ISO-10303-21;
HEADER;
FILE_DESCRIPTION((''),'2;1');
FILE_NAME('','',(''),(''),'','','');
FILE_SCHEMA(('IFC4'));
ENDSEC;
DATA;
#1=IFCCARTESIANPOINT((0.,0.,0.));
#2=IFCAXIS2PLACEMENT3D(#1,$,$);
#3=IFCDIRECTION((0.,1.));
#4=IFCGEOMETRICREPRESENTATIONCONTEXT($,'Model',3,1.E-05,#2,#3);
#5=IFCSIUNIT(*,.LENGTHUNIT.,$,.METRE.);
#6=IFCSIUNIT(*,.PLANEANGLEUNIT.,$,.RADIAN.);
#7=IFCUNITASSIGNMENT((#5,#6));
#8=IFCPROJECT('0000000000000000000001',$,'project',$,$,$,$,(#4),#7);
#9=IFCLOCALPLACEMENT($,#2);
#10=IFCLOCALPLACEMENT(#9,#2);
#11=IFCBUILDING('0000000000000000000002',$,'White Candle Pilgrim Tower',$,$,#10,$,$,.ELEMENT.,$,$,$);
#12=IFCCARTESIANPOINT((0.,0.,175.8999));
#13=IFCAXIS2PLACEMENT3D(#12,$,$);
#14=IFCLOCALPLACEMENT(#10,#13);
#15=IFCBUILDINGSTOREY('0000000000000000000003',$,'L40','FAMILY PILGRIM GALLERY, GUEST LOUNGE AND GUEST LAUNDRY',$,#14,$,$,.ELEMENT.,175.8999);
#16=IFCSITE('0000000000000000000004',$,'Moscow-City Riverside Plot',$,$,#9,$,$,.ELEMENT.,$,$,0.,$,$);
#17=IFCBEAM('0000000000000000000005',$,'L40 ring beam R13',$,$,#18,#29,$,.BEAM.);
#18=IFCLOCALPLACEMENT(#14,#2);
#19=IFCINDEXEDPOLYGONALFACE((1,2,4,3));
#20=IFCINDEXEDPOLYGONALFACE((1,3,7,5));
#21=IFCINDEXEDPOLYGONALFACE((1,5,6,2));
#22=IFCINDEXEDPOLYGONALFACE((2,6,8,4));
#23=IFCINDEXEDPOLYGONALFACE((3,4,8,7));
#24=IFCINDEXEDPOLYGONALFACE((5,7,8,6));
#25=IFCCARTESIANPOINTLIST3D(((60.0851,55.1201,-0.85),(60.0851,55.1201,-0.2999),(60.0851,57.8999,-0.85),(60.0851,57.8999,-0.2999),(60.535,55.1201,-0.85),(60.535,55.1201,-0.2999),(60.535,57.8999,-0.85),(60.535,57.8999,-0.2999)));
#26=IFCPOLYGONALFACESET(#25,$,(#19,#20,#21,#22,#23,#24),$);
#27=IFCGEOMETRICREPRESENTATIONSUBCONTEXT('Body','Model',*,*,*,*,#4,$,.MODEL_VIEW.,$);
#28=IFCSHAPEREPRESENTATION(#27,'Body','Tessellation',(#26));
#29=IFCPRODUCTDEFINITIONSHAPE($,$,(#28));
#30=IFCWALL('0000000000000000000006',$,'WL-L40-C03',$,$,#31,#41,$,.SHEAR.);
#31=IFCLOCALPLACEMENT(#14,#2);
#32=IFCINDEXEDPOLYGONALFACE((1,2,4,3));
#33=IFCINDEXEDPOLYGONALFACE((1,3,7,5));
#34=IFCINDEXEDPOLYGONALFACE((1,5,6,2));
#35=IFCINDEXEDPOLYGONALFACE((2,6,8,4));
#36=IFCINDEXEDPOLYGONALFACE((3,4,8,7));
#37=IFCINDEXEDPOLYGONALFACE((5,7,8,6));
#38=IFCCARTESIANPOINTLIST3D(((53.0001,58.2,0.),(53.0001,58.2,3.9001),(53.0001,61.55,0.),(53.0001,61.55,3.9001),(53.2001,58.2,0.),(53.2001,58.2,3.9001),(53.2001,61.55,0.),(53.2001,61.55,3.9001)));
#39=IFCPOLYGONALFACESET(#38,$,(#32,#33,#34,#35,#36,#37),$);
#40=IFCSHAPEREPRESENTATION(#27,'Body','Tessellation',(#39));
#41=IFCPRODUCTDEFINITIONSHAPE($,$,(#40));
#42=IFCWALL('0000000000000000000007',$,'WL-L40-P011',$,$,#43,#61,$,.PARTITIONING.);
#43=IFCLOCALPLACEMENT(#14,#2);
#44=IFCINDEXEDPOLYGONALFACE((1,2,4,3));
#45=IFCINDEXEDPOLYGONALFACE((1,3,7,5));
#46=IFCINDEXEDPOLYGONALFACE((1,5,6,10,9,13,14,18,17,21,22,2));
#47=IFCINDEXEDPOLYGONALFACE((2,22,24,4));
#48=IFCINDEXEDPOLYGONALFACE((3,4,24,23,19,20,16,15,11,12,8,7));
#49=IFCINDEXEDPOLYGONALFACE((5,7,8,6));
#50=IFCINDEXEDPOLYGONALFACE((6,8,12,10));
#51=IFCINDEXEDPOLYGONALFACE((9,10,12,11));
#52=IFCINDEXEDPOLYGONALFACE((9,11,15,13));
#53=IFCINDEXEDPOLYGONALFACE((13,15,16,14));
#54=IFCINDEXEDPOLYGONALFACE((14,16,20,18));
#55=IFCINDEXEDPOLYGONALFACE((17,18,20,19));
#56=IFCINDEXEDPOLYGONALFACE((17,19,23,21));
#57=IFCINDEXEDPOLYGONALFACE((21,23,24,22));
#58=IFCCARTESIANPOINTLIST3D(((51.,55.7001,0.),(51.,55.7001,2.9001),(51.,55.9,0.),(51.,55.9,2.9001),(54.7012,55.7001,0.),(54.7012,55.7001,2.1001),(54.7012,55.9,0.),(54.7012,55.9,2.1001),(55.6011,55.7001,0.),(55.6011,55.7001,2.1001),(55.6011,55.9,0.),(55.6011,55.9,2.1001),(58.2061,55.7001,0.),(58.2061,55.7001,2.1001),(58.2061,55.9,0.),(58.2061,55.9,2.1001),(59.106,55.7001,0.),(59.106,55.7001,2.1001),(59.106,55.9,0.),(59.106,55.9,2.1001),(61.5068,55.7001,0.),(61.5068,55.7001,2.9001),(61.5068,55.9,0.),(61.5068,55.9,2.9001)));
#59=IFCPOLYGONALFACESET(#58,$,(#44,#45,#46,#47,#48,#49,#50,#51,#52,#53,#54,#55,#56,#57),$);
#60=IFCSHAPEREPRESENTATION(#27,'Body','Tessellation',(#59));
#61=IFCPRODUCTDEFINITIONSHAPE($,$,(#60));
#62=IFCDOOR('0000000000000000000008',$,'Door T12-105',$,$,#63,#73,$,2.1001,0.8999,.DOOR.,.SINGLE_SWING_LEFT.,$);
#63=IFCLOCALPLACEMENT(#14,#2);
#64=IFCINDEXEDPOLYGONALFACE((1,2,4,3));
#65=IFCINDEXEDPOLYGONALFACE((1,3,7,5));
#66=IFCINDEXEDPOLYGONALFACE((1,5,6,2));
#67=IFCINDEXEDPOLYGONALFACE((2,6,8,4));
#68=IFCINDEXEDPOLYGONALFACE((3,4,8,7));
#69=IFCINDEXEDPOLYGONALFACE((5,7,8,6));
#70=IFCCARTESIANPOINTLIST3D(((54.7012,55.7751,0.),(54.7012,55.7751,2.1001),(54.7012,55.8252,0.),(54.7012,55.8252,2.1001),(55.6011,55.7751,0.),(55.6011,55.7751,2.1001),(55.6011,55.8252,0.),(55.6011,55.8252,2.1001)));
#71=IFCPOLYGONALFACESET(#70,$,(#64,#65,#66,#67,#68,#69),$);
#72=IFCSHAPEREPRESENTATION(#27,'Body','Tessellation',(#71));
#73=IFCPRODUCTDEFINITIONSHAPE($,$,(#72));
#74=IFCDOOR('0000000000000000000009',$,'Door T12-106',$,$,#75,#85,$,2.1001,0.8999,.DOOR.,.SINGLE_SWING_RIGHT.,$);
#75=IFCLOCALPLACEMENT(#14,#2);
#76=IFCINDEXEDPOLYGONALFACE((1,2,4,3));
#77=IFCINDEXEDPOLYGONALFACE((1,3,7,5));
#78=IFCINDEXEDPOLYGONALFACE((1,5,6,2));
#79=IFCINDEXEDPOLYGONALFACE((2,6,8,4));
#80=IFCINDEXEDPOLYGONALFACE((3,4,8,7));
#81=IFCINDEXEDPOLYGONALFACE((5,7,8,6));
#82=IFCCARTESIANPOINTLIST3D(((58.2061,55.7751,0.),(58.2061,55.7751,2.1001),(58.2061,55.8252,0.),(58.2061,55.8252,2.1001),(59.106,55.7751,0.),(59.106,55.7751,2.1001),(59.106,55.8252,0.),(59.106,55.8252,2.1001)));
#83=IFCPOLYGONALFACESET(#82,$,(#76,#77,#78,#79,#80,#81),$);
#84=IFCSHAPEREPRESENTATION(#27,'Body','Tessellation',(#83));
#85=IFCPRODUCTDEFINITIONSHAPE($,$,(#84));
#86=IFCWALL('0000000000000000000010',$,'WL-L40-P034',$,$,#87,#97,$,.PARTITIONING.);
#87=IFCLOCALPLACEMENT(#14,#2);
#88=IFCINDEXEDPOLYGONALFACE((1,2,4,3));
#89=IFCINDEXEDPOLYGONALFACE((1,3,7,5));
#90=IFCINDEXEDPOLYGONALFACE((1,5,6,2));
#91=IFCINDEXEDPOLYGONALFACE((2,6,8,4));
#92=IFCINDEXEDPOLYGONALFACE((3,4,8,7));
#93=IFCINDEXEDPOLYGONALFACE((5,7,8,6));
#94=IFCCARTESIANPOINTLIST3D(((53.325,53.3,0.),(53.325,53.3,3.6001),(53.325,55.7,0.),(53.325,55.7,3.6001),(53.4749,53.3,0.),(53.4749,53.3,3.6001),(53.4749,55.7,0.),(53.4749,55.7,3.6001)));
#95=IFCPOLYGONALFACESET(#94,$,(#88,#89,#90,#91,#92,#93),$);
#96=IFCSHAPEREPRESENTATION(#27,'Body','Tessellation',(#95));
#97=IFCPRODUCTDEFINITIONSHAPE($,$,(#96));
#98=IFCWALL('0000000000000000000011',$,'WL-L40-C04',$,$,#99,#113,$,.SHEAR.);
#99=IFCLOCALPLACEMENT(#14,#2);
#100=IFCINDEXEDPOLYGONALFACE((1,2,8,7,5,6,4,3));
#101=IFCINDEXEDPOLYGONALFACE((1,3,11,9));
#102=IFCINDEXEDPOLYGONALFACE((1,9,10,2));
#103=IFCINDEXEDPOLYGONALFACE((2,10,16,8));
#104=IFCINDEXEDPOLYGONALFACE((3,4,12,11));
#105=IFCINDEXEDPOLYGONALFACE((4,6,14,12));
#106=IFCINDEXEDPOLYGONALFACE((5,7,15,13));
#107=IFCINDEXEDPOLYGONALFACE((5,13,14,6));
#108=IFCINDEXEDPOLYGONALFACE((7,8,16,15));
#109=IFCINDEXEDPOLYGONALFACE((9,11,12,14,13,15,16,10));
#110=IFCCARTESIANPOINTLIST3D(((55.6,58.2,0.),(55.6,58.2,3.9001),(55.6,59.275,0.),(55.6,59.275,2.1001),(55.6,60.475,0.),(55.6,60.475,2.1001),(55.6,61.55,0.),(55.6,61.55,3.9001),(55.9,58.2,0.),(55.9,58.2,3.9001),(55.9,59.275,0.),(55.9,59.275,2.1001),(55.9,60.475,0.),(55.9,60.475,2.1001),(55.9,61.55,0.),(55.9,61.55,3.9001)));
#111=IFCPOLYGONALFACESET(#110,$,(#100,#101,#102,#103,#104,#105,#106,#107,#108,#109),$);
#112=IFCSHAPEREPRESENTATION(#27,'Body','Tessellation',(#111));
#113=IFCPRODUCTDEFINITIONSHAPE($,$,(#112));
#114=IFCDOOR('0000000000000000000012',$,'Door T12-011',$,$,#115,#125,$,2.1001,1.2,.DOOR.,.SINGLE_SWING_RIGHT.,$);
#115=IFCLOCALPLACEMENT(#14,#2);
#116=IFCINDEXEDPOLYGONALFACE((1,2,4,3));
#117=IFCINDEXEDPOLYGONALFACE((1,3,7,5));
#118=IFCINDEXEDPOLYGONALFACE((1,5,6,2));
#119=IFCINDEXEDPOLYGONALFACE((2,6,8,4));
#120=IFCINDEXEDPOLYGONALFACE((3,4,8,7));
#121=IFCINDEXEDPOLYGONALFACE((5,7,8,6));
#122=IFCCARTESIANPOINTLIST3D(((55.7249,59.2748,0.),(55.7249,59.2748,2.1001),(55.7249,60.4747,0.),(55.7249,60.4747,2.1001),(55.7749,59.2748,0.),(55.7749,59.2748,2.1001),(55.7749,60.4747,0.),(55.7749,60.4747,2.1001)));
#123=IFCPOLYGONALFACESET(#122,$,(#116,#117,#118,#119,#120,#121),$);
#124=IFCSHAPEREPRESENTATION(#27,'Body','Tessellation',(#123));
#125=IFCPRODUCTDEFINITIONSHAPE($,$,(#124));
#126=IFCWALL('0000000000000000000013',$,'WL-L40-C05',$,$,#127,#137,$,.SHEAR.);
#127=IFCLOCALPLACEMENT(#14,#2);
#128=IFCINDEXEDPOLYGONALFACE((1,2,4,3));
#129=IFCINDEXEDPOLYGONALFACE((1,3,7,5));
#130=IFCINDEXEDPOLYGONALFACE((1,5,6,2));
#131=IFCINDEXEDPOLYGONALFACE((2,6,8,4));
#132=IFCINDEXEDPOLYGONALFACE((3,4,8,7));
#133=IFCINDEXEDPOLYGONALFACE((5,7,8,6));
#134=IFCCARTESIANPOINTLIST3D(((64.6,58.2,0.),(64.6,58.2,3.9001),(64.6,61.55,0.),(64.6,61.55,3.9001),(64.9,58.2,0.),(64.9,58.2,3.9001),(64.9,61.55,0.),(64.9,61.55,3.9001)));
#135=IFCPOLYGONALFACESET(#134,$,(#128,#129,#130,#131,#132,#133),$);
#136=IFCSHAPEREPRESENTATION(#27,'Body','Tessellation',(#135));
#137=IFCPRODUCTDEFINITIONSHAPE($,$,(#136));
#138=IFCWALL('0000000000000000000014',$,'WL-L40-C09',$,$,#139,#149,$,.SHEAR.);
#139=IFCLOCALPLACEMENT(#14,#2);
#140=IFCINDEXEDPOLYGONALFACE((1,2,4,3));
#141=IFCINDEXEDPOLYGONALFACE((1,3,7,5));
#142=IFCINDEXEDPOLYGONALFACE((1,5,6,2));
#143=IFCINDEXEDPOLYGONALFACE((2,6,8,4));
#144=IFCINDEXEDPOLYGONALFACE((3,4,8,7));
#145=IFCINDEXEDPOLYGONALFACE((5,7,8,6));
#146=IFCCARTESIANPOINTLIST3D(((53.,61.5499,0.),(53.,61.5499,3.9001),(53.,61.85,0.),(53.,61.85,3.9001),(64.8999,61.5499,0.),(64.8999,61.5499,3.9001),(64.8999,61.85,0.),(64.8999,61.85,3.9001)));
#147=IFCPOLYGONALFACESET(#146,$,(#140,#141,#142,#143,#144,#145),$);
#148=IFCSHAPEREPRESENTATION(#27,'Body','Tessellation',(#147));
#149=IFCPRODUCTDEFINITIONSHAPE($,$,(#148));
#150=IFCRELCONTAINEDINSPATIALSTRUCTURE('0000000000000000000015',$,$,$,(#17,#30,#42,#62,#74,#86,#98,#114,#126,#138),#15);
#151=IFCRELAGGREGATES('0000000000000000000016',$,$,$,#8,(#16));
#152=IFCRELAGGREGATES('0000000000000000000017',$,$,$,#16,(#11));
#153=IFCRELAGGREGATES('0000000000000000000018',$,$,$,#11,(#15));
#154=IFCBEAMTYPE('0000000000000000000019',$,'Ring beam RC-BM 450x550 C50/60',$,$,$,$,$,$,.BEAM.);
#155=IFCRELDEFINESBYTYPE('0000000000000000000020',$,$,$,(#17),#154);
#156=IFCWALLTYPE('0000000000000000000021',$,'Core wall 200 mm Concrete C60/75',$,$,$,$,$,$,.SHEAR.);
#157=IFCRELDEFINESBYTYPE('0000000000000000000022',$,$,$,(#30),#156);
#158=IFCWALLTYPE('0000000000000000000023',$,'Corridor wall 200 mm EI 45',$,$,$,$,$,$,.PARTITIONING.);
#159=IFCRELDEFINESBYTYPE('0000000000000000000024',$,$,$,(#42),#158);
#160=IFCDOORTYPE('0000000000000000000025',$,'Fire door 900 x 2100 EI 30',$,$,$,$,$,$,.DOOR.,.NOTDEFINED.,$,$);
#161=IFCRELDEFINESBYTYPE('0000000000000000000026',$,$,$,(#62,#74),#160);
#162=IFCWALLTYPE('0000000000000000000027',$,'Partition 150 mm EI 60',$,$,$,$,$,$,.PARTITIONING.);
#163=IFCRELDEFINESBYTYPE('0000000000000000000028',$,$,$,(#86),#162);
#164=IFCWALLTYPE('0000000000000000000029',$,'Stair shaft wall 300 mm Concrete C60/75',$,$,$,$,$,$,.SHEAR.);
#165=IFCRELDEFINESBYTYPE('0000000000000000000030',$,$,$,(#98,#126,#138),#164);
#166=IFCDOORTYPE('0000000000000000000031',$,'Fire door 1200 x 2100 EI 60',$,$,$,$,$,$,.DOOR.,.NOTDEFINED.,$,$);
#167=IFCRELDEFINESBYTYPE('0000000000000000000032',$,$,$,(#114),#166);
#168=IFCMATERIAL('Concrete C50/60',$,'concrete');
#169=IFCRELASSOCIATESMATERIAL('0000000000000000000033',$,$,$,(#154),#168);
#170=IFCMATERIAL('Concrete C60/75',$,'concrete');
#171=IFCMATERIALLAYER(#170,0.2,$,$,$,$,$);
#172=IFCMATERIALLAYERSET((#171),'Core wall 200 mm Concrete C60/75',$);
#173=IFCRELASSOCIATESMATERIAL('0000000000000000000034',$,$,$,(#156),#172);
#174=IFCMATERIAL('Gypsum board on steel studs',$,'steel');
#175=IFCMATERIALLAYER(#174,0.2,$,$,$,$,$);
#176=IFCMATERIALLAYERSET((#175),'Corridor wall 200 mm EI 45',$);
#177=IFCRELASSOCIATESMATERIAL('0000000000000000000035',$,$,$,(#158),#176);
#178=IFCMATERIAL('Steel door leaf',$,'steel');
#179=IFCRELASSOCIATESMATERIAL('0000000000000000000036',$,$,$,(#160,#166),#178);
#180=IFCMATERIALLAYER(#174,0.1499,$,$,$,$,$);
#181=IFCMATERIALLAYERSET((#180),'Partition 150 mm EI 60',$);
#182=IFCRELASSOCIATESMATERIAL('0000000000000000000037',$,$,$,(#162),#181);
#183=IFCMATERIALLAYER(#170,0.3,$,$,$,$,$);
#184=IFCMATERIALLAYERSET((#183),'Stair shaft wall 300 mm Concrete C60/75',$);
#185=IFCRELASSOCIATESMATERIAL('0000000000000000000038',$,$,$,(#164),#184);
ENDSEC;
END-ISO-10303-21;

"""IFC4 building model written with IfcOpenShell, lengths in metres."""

from ifc_helpers import new_model, si_unit, direction, frame, frame_2d, origin, origin_2d, place, context, subcontext, project, spatial, rectangle, extrude, material, layer, layer_set, material_profile, profile_set, type_object, element, fill, save


model = new_model("IFC4")

# Units and contexts
model_context = context("Model", 3, precision=1e-05, world=origin(), true_north=direction((0.0, 1.0)))
body_context = subcontext(model_context, "Body", "Model", "MODEL_VIEW")
ifc_project = project(units=[si_unit("LENGTHUNIT", "METRE"), si_unit("PLANEANGLEUNIT", "RADIAN")], contexts=[model_context])

# Site, building, storey
site_placement = place(None, origin())
site = spatial("IfcSite", under=ifc_project, at=site_placement, Name="Moscow-City Riverside Plot", CompositionType="ELEMENT", RefElevation=0.0)
building_placement = place(site_placement, origin())
building = spatial("IfcBuilding", under=site, at=building_placement, Name="White Candle Pilgrim Tower", CompositionType="ELEMENT")
storey_placement = place(building_placement, frame((0.0, 0.0, 175.8999)))
storey = spatial("IfcBuildingStorey", under=building, at=storey_placement, Name="L40", Description="FAMILY PILGRIM GALLERY, GUEST LOUNGE AND GUEST LAUNDRY", CompositionType="ELEMENT", Elevation=175.8999)

# Beam
ifc_material_1 = material(Name="Concrete C50/60", Category="concrete")
ifc_material_profile = material_profile(ifc_material_1, rectangle(XDim=0.45, YDim=0.55, at=origin_2d()), Name="RC-BM 450x550")
ifc_profile_set = profile_set([ifc_material_profile], Name="Concrete C50/60")
beam_type = type_object("IfcBeamType", Name="Ring beam RC-BM 450x550 C50/60", PredefinedType="BEAM", material=ifc_profile_set)
beam_placement = place(storey_placement, frame((60.3101, 55.1201, -0.575), z_axis=(0.0, 1.0, 0.0), x_axis=(-1.0, 0.0, 0.0)))
element("IfcBeam", 1, at=beam_placement, inside=storey, type_object=beam_type, Name="L40 ring beam R13", PredefinedType="BEAM", context=body_context, shape_type="SweptSolid", body=[
    extrude(rectangle(XDim=0.45, YDim=0.55, at=origin_2d()), origin(), (0.0, 0.0, 1.0), 2.7798),
])

# Wall
ifc_material_2 = material(Name="Concrete C60/75", Category="concrete")
ifc_layer_1 = layer(ifc_material_2, 0.2)
ifc_layer_set_1 = layer_set([ifc_layer_1], Name="Core wall 200 mm Concrete C60/75")
wall_type_1 = type_object("IfcWallType", Name="Core wall 200 mm Concrete C60/75", PredefinedType="SHEAR", material=ifc_layer_set_1)
wall_1_placement = place(storey_placement, frame((53.1001, 58.2, 0.0), z_axis=(0.0, 0.0, 1.0), x_axis=(0.0, 1.0, 0.0)))
element("IfcWall", 2, at=wall_1_placement, inside=storey, type_object=wall_type_1, Name="WL-L40-C03", PredefinedType="SHEAR", context=body_context, shape_type="SweptSolid", body=[
    extrude(rectangle(XDim=3.3501, YDim=0.2, at=frame_2d((1.675, 0.0))), origin(), (0.0, 0.0, 1.0), 3.9001),
])

# Wall, openings, doors
ifc_material_3 = material(Name="Gypsum board on steel studs", Category="steel")
ifc_layer_2 = layer(ifc_material_3, 0.2)
ifc_layer_set_2 = layer_set([ifc_layer_2], Name="Corridor wall 200 mm EI 45")
wall_type_2 = type_object("IfcWallType", Name="Corridor wall 200 mm EI 45", PredefinedType="PARTITIONING", material=ifc_layer_set_2)
wall_2_placement = place(storey_placement, frame((61.5068, 55.8, 0.0), z_axis=(0.0, 0.0, 1.0), x_axis=(-1.0, 0.0, 0.0)))
wall_2 = element("IfcWall", 3, at=wall_2_placement, inside=storey, type_object=wall_type_2, Name="WL-L40-P011", PredefinedType="PARTITIONING", context=body_context, shape_type="SweptSolid", body=[
    extrude(rectangle(XDim=10.5068, YDim=0.2, at=frame_2d((5.2534, 0.0))), origin(), (0.0, 0.0, 1.0), 2.9001),
])
opening_1_placement = place(wall_2_placement, frame((5.9058, 0.0, 0.0)))
opening_1 = element("IfcOpeningElement", 4, at=opening_1_placement, cuts=wall_2, PredefinedType="OPENING", context=body_context, shape_type="SweptSolid", body=[
    extrude(rectangle(XDim=0.8999, YDim=2.1001, at=frame_2d((0.45, 1.05))), frame((0.0, 0.1099, 0.0), z_axis=(0.0, -1.0, 0.0), x_axis=(1.0, 0.0, 0.0)), (0.0, 0.0, 1.0), 0.22),
])
opening_2_placement = place(wall_2_placement, frame((2.4009, 0.0, 0.0)))
opening_2 = element("IfcOpeningElement", 5, at=opening_2_placement, cuts=wall_2, PredefinedType="OPENING", context=body_context, shape_type="SweptSolid", body=[
    extrude(rectangle(XDim=0.8999, YDim=2.1001, at=frame_2d((0.45, 1.05))), frame((0.0, 0.1099, 0.0), z_axis=(0.0, -1.0, 0.0), x_axis=(1.0, 0.0, 0.0)), (0.0, 0.0, 1.0), 0.22),
])
ifc_material_4 = material(Name="Steel door leaf", Category="steel")
door_type_1 = type_object("IfcDoorType", Name="Fire door 900 x 2100 EI 30", OperationType="NOTDEFINED", PredefinedType="DOOR", material=ifc_material_4)
door_1_placement = place(opening_1_placement, origin())
door_1 = element("IfcDoor", 6, at=door_1_placement, inside=storey, type_object=door_type_1, Name="Door T12-105", OperationType="SINGLE_SWING_LEFT", OverallHeight=2.1001, OverallWidth=0.8999, PredefinedType="DOOR", context=body_context, shape_type="SweptSolid", body=[
    extrude(rectangle(XDim=0.8999, YDim=2.1001, at=frame_2d((0.45, 1.05))), frame((0.0, 0.0249, 0.0), z_axis=(0.0, -1.0, 0.0), x_axis=(1.0, 0.0, 0.0)), (0.0, 0.0, 1.0), 0.05),
])
fill(opening_1, door_1)
door_2_placement = place(opening_2_placement, origin())
door_2 = element("IfcDoor", 7, at=door_2_placement, inside=storey, type_object=door_type_1, Name="Door T12-106", OperationType="SINGLE_SWING_RIGHT", OverallHeight=2.1001, OverallWidth=0.8999, PredefinedType="DOOR", context=body_context, shape_type="SweptSolid", body=[
    extrude(rectangle(XDim=0.8999, YDim=2.1001, at=frame_2d((0.45, 1.05))), frame((0.0, 0.0249, 0.0), z_axis=(0.0, -1.0, 0.0), x_axis=(1.0, 0.0, 0.0)), (0.0, 0.0, 1.0), 0.05),
])
fill(opening_2, door_2)

# Wall
ifc_layer_3 = layer(ifc_material_3, 0.1499)
ifc_layer_set_3 = layer_set([ifc_layer_3], Name="Partition 150 mm EI 60")
wall_type_3 = type_object("IfcWallType", Name="Partition 150 mm EI 60", PredefinedType="PARTITIONING", material=ifc_layer_set_3)
wall_3_placement = place(storey_placement, frame((53.3999, 55.7, 0.0), z_axis=(0.0, 0.0, 1.0), x_axis=(0.0, -1.0, 0.0)))
element("IfcWall", 8, at=wall_3_placement, inside=storey, type_object=wall_type_3, Name="WL-L40-P034", PredefinedType="PARTITIONING", context=body_context, shape_type="SweptSolid", body=[
    extrude(rectangle(XDim=2.3999, YDim=0.1499, at=frame_2d((1.2, 0.0))), origin(), (0.0, 0.0, 1.0), 3.6001),
])

# Wall, opening, door
ifc_layer_4 = layer(ifc_material_2, 0.3)
ifc_layer_set_4 = layer_set([ifc_layer_4], Name="Stair shaft wall 300 mm Concrete C60/75")
wall_type_4 = type_object("IfcWallType", Name="Stair shaft wall 300 mm Concrete C60/75", PredefinedType="SHEAR", material=ifc_layer_set_4)
wall_4_placement = place(storey_placement, frame((55.75, 58.2, 0.0), z_axis=(0.0, 0.0, 1.0), x_axis=(0.0, 1.0, 0.0)))
wall_4 = element("IfcWall", 9, at=wall_4_placement, inside=storey, type_object=wall_type_4, Name="WL-L40-C04", PredefinedType="SHEAR", context=body_context, shape_type="SweptSolid", body=[
    extrude(rectangle(XDim=3.3501, YDim=0.3, at=frame_2d((1.675, 0.0))), origin(), (0.0, 0.0, 1.0), 3.9001),
])
opening_3_placement = place(wall_4_placement, frame((1.075, 0.0, 0.0)))
opening_3 = element("IfcOpeningElement", 10, at=opening_3_placement, cuts=wall_4, PredefinedType="OPENING", context=body_context, shape_type="SweptSolid", body=[
    extrude(rectangle(XDim=1.2, YDim=2.1001, at=frame_2d((0.6001, 1.05))), frame((0.0, 0.1599, 0.0), z_axis=(0.0, -1.0, 0.0), x_axis=(1.0, 0.0, 0.0)), (0.0, 0.0, 1.0), 0.3201),
])
door_type_2 = type_object("IfcDoorType", Name="Fire door 1200 x 2100 EI 60", OperationType="NOTDEFINED", PredefinedType="DOOR", material=ifc_material_4)
door_3_placement = place(opening_3_placement, frame((1.2, 0.0, 0.0), z_axis=(0.0, 0.0, 1.0), x_axis=(-1.0, 0.0, 0.0)))
door_3 = element("IfcDoor", 11, at=door_3_placement, inside=storey, type_object=door_type_2, Name="Door T12-011", OperationType="SINGLE_SWING_RIGHT", OverallHeight=2.1001, OverallWidth=1.2, PredefinedType="DOOR", context=body_context, shape_type="SweptSolid", body=[
    extrude(rectangle(XDim=1.2, YDim=2.1001, at=frame_2d((0.6001, 1.05))), frame((0.0, 0.0249, 0.0), z_axis=(0.0, -1.0, 0.0), x_axis=(1.0, 0.0, 0.0)), (0.0, 0.0, 1.0), 0.05),
])
fill(opening_3, door_3)

# Walls
wall_5_placement = place(storey_placement, frame((64.75, 58.2, 0.0), z_axis=(0.0, 0.0, 1.0), x_axis=(0.0, 1.0, 0.0)))
element("IfcWall", 12, at=wall_5_placement, inside=storey, type_object=wall_type_4, Name="WL-L40-C05", PredefinedType="SHEAR", context=body_context, shape_type="SweptSolid", body=[
    extrude(rectangle(XDim=3.3501, YDim=0.3, at=frame_2d((1.675, 0.0))), origin(), (0.0, 0.0, 1.0), 3.9001),
])
wall_6_placement = place(storey_placement, frame((53.0, 61.7, 0.0), z_axis=(0.0, 0.0, 1.0), x_axis=(1.0, 0.0, 0.0)))
element("IfcWall", 13, at=wall_6_placement, inside=storey, type_object=wall_type_4, Name="WL-L40-C09", PredefinedType="SHEAR", context=body_context, shape_type="SweptSolid", body=[
    extrude(rectangle(XDim=11.8999, YDim=0.3, at=frame_2d((5.95, 0.0))), origin(), (0.0, 0.0, 1.0), 3.9001),
])

save(model, "model.ifc")
